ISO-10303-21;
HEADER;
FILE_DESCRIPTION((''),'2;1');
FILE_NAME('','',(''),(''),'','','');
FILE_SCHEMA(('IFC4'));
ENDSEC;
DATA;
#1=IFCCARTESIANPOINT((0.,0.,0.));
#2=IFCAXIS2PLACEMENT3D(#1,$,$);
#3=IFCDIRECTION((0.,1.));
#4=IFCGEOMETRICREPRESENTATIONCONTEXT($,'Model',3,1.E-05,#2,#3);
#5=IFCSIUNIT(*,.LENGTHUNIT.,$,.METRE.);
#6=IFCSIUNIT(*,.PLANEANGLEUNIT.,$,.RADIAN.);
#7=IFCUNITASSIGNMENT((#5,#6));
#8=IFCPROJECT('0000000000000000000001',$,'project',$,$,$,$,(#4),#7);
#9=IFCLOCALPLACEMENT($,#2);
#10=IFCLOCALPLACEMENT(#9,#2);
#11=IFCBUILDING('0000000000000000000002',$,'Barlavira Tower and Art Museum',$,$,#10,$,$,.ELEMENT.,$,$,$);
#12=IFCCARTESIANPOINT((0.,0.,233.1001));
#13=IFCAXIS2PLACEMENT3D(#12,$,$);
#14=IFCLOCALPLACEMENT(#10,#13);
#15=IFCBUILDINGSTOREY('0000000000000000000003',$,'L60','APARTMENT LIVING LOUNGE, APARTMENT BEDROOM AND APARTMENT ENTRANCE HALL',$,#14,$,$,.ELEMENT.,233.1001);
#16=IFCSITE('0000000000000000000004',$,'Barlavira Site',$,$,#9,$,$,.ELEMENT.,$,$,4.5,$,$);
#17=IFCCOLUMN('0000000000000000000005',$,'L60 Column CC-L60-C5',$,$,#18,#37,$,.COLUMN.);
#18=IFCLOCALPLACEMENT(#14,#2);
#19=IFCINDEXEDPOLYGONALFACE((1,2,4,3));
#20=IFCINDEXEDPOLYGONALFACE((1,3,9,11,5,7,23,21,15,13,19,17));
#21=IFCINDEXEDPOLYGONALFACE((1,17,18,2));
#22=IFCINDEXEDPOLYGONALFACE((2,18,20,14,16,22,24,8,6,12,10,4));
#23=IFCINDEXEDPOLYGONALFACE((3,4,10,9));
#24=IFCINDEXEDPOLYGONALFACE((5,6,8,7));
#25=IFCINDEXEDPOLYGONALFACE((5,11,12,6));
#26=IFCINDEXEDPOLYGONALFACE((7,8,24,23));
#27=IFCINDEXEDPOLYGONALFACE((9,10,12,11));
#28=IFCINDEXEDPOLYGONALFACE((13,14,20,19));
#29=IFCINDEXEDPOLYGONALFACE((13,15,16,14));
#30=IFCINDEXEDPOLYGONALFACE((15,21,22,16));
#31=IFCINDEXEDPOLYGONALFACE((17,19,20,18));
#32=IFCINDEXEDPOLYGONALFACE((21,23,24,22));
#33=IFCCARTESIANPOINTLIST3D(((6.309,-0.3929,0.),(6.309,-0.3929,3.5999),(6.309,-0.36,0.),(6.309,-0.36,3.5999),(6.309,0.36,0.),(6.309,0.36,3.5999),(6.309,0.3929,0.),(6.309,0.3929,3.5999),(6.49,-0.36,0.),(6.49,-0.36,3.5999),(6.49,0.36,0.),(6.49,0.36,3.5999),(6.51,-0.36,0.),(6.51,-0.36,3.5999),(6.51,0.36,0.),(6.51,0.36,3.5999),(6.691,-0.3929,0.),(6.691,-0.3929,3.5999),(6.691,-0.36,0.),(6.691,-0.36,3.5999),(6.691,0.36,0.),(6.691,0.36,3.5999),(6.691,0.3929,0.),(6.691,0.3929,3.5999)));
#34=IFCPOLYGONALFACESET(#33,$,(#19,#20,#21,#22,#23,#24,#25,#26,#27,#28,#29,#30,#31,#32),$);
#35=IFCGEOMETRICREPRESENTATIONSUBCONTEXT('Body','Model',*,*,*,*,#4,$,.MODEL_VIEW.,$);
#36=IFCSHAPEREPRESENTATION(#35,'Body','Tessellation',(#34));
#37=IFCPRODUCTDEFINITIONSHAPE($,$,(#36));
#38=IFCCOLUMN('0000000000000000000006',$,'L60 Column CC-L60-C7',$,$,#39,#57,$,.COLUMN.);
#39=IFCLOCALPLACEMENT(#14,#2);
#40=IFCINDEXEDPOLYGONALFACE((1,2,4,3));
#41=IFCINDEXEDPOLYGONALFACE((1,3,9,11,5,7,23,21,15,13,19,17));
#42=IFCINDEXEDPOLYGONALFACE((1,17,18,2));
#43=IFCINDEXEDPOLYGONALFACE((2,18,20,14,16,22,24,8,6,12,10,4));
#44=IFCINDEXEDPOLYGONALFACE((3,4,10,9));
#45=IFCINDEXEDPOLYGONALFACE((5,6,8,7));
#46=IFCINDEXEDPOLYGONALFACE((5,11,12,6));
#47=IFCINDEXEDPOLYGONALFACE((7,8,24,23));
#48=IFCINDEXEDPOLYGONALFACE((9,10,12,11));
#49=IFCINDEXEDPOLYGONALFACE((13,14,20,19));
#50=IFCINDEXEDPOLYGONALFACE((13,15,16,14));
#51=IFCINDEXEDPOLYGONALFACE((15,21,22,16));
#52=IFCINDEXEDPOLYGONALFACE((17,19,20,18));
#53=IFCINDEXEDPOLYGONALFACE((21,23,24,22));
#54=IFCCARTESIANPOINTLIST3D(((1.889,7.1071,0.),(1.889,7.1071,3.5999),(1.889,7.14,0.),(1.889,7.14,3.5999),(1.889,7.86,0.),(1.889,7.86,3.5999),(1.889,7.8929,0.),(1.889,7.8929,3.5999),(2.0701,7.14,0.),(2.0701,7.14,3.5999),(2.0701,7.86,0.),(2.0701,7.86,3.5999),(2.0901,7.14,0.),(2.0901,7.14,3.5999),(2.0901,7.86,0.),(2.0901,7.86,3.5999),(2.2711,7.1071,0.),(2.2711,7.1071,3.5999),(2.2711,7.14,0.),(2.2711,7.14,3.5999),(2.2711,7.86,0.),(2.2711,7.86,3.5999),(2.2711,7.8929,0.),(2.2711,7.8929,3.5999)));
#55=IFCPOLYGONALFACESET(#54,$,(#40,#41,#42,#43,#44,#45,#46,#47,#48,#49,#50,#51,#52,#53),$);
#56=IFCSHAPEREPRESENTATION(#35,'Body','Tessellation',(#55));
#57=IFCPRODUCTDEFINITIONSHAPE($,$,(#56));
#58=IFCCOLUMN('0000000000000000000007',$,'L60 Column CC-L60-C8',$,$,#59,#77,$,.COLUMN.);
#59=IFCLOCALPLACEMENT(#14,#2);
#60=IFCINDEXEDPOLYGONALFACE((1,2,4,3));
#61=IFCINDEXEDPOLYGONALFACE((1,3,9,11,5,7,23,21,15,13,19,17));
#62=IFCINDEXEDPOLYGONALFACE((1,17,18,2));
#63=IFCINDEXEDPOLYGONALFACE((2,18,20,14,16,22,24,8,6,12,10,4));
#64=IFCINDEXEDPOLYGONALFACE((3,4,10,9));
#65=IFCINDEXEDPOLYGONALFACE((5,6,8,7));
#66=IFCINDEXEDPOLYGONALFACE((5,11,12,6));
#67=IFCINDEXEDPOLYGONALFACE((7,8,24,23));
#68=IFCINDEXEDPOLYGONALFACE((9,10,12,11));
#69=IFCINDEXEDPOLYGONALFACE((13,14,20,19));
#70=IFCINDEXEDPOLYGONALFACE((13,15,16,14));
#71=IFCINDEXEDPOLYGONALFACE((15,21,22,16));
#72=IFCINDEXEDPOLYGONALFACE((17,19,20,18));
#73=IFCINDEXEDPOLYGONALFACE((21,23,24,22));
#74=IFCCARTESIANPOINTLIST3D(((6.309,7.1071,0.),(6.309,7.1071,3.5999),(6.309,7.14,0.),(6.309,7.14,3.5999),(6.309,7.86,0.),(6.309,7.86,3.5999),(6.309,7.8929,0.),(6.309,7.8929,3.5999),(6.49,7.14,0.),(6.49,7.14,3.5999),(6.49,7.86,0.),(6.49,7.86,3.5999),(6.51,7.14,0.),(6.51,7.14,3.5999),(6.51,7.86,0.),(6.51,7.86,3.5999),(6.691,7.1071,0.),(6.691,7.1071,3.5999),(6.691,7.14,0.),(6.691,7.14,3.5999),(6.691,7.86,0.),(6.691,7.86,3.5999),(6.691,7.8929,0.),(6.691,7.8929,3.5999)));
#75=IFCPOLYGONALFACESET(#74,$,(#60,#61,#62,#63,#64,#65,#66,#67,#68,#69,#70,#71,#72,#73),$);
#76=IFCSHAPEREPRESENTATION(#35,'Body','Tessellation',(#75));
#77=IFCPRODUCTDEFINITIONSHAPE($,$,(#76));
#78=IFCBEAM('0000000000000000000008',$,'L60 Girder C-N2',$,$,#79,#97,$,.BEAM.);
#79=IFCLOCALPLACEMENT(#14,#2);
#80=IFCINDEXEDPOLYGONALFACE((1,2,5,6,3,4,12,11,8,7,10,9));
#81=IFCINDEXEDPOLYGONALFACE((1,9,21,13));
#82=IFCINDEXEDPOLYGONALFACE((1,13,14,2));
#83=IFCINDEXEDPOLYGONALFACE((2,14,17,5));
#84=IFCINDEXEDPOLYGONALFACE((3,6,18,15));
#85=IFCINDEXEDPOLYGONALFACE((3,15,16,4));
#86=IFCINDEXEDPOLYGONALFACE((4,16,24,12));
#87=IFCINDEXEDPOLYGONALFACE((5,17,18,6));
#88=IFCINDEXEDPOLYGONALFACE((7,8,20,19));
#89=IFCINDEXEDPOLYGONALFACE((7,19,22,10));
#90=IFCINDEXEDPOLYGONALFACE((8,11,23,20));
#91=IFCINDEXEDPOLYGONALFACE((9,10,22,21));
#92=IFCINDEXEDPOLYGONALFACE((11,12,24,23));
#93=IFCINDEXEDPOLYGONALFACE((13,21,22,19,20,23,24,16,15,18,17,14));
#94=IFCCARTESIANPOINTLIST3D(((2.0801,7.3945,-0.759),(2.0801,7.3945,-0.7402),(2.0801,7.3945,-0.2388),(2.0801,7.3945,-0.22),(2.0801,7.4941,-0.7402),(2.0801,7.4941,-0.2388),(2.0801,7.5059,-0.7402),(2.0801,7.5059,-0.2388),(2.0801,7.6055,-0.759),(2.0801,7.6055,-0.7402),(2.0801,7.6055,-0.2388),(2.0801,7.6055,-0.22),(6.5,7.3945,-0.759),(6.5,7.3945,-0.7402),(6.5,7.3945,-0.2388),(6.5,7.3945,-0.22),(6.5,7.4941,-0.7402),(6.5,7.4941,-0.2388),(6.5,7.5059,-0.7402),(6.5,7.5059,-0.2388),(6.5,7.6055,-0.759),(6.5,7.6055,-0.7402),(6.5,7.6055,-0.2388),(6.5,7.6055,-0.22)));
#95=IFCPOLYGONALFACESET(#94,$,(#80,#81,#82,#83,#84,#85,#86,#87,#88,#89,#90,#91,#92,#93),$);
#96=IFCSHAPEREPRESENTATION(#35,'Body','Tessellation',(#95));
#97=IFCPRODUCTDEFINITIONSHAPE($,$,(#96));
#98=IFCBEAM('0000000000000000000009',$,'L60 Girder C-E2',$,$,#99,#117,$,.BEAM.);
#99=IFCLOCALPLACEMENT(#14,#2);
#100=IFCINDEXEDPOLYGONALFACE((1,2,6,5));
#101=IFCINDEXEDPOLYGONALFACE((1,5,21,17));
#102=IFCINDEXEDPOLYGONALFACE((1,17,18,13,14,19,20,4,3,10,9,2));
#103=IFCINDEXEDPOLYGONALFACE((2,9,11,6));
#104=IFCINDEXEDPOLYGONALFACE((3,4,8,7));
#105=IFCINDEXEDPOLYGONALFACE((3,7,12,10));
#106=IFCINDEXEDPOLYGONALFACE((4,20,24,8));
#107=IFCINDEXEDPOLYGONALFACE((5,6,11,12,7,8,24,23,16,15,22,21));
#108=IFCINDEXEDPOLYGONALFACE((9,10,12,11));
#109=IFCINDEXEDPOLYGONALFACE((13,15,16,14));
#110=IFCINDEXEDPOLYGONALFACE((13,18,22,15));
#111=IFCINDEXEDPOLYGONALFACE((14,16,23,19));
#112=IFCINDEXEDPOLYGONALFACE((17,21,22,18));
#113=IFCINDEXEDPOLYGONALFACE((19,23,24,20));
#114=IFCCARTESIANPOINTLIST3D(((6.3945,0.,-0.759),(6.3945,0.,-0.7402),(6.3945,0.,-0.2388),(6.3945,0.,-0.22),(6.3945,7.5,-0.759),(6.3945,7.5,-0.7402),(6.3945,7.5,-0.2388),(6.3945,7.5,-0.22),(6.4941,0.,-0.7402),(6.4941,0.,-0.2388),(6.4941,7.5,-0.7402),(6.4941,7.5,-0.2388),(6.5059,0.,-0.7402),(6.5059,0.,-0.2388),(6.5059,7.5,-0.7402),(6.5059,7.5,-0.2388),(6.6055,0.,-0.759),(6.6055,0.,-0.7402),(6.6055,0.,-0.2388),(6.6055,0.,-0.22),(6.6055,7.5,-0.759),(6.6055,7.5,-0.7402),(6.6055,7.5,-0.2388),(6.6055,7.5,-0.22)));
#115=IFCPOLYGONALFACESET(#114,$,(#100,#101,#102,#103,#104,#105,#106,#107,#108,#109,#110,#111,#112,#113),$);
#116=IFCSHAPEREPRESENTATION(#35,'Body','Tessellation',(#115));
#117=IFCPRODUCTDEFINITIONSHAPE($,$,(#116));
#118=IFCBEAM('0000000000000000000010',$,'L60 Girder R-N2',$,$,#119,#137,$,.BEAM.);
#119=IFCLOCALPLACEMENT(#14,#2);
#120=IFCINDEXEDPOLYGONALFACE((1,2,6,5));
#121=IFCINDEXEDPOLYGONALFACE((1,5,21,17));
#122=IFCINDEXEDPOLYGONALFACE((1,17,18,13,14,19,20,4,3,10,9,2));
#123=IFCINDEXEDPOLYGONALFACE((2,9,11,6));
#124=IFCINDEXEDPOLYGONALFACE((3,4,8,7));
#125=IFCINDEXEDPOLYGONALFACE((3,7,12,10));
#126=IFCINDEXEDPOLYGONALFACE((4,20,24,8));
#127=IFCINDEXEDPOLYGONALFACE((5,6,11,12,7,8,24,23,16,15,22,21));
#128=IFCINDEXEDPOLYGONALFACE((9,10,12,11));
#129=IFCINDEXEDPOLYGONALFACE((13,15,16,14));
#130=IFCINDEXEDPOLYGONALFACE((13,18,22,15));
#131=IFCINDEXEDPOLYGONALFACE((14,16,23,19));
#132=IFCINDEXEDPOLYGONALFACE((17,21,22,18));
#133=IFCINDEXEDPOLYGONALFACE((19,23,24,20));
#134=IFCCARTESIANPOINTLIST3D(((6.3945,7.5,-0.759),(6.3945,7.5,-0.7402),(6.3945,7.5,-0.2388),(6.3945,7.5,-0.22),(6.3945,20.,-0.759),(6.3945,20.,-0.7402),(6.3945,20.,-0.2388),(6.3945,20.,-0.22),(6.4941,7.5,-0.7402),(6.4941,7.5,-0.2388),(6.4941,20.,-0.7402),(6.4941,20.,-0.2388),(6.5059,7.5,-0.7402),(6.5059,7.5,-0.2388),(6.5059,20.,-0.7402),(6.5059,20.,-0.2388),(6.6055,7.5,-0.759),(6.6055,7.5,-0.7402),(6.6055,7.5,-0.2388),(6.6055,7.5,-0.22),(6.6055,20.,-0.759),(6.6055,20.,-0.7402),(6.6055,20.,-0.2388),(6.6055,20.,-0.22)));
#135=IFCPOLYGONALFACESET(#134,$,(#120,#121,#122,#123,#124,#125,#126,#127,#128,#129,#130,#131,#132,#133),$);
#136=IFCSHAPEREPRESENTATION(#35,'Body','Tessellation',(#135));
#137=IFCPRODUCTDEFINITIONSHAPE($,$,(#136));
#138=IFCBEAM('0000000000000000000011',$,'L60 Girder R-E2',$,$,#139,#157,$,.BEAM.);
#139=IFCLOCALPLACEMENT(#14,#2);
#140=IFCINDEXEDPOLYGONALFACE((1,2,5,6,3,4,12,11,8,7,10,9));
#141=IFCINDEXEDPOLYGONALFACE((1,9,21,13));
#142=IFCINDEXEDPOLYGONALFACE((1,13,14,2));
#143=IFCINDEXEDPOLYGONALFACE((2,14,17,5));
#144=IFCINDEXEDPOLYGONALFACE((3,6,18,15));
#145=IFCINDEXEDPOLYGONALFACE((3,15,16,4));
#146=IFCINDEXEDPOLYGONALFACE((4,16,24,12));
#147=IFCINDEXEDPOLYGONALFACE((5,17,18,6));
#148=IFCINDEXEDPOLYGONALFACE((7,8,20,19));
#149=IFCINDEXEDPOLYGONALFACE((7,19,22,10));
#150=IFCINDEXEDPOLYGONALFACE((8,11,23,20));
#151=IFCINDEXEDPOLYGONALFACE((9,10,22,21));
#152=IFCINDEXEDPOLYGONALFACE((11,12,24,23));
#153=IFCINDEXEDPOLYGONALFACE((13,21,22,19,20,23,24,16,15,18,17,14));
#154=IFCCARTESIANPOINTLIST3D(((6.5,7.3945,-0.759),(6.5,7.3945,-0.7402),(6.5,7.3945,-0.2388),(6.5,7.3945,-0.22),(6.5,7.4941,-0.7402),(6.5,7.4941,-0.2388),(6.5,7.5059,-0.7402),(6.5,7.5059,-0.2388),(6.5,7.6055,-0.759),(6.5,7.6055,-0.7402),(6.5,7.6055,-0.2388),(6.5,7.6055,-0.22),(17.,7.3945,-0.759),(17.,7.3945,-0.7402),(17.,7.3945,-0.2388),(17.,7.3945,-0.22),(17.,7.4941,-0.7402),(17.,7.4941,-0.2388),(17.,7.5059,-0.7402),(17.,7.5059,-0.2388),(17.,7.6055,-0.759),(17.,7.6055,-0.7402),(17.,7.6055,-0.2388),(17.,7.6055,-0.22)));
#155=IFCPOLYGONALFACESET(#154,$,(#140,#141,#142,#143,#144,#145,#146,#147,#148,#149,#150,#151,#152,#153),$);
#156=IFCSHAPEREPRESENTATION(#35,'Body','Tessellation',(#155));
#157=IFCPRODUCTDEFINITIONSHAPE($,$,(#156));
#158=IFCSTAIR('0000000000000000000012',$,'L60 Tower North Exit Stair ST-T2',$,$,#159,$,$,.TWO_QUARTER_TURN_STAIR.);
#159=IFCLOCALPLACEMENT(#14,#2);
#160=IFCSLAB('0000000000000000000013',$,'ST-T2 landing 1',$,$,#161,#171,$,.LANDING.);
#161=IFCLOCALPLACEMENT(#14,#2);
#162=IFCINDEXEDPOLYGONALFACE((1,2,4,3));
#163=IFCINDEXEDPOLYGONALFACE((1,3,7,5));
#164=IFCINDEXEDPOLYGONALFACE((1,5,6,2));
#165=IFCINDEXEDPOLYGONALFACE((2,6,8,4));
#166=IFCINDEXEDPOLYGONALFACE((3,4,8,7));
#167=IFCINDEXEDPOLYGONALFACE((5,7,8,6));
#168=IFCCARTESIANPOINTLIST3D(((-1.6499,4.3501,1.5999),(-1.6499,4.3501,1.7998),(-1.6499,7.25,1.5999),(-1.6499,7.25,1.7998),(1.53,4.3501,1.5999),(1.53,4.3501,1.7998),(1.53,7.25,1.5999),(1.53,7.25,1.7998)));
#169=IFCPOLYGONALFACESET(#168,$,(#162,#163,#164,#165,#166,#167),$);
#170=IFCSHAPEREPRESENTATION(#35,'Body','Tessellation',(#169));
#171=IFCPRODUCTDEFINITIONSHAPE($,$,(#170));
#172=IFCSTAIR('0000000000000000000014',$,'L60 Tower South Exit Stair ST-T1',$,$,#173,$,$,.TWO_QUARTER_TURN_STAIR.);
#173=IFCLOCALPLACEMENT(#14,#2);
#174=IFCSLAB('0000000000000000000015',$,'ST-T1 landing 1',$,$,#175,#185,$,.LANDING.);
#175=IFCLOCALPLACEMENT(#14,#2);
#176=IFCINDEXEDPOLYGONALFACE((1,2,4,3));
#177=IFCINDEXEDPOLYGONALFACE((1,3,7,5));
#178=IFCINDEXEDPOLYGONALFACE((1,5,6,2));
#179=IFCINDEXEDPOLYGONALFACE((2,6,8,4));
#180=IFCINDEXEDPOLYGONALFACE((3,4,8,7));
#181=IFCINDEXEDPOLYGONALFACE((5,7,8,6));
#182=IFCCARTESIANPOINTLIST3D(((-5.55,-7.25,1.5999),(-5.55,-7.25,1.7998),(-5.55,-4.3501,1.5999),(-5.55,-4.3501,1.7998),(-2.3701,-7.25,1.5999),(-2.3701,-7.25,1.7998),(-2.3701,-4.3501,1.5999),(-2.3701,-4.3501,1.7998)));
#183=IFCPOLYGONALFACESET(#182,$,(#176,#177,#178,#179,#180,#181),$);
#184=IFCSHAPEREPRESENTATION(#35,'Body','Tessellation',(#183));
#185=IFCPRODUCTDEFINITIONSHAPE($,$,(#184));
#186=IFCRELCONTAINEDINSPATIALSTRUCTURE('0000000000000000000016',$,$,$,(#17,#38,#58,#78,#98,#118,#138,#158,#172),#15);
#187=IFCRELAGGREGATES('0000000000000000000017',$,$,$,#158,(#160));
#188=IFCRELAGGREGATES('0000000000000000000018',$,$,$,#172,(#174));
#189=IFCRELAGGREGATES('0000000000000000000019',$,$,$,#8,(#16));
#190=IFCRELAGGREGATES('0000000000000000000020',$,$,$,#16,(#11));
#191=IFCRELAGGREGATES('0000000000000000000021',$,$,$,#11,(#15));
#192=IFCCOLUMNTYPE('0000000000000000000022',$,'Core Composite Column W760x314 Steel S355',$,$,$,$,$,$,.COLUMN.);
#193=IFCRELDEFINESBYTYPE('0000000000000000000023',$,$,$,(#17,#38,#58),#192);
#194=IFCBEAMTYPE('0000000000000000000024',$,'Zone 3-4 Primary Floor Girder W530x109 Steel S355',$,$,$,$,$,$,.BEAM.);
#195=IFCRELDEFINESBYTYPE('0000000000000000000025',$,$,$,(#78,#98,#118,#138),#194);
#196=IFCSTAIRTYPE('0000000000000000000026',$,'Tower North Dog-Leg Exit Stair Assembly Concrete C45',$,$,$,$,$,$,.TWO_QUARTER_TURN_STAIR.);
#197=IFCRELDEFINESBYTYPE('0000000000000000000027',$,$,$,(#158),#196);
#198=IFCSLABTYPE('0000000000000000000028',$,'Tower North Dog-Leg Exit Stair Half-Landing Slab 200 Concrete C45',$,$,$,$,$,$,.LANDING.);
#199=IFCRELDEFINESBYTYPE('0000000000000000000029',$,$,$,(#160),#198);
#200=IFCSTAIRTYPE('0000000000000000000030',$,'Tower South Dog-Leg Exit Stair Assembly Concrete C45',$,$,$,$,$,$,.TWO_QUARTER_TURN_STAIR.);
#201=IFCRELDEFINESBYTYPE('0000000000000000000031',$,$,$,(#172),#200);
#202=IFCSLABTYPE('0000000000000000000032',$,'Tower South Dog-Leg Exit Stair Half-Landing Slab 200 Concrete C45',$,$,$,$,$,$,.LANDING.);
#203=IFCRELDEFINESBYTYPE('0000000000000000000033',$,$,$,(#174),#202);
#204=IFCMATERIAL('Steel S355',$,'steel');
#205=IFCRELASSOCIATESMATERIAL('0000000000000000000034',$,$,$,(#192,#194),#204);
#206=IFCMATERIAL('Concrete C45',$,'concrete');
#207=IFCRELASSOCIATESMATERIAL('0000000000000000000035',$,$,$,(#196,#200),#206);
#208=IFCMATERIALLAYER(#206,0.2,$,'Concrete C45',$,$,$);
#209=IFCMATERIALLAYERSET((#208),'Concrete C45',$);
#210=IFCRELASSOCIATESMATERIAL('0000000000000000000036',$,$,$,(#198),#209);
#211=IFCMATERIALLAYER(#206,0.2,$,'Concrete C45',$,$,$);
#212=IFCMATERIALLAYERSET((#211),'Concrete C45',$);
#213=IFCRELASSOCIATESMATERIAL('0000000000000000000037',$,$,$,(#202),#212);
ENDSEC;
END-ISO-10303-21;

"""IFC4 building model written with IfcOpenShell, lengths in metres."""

from ifc_helpers import new_model, si_unit, direction, frame, origin, origin_2d, place, context, subcontext, project, spatial, polyline, i_section, outline, extrude, material, layer, layer_set, material_profile, profile_set, type_object, element, aggregate, save


model = new_model("IFC4")

# Units and contexts
model_context = context("Model", 3, precision=1e-05, world=origin(), true_north=direction((0.0, 1.0)))
body_context = subcontext(model_context, "Body", "Model", "MODEL_VIEW")
ifc_project = project(units=[si_unit("LENGTHUNIT", "METRE"), si_unit("PLANEANGLEUNIT", "RADIAN")], contexts=[model_context])

# Site, building, storey
site_placement = place(None, origin())
site = spatial("IfcSite", under=ifc_project, at=site_placement, Name="Barlavira Site", CompositionType="ELEMENT", RefElevation=4.5)
building_placement = place(site_placement, origin())
building = spatial("IfcBuilding", under=site, at=building_placement, Name="Barlavira Tower and Art Museum", CompositionType="ELEMENT")
storey_placement = place(building_placement, frame((0.0, 0.0, 233.1001)))
storey = spatial("IfcBuildingStorey", under=building, at=storey_placement, Name="L60", Description="APARTMENT LIVING LOUNGE, APARTMENT BEDROOM AND APARTMENT ENTRANCE HALL", CompositionType="ELEMENT", Elevation=233.1001)

# Columns
ifc_material_1 = material(Name="Steel S355", Category="steel")
ifc_material_profile_1 = material_profile(ifc_material_1, i_section(OverallWidth=0.3821, OverallDepth=0.7859, WebThickness=0.02, FlangeThickness=0.033, at=origin_2d()), Name="W760x314.0")
ifc_profile_set_1 = profile_set([ifc_material_profile_1], Name="Steel S355")
column_type = type_object("IfcColumnType", Name="Core Composite Column W760x314 Steel S355", PredefinedType="COLUMN", material=ifc_profile_set_1)
for number, where, z_axis, x_axis, name in (
    (1, (6.5, 0.0, 0.0), (0.0, 0.0, 1.0), (1.0, 0.0, 0.0), "L60 Column CC-L60-C5"),
    (2, (2.0801, 7.5, 0.0), (0.0, 0.0, 1.0), (1.0, 0.0, 0.0), "L60 Column CC-L60-C7"),
    (3, (6.5, 7.5, 0.0), (0.0, 0.0, 1.0), (1.0, 0.0, 0.0), "L60 Column CC-L60-C8"),
):
    element("IfcColumn", number, at=place(storey_placement, frame(where, z_axis=z_axis, x_axis=x_axis)), inside=storey, type_object=column_type, Name=name, PredefinedType="COLUMN", context=body_context, shape_type="SweptSolid", body=[
        extrude(i_section(OverallWidth=0.3821, OverallDepth=0.7859, WebThickness=0.02, FlangeThickness=0.033, at=origin_2d()), origin(), (0.0, 0.0, 1.0), 3.5999),
    ])

# Beams
ifc_material_profile_2 = material_profile(ifc_material_1, i_section(OverallWidth=0.2109, OverallDepth=0.5391, WebThickness=0.0117, FlangeThickness=0.0188, at=origin_2d()), Name="W530x109.0")
ifc_profile_set_2 = profile_set([ifc_material_profile_2], Name="Steel S355")
beam_type = type_object("IfcBeamType", Name="Zone 3-4 Primary Floor Girder W530x109 Steel S355", PredefinedType="BEAM", material=ifc_profile_set_2)
beam_1_placement = place(storey_placement, frame((2.0801, 7.5, -0.4895), z_axis=(1.0, 0.0, 0.0), x_axis=(0.0, 1.0, 0.0)))
element("IfcBeam", 4, at=beam_1_placement, inside=storey, type_object=beam_type, Name="L60 Girder C-N2", PredefinedType="BEAM", context=body_context, shape_type="SweptSolid", body=[
    extrude(i_section(OverallWidth=0.2109, OverallDepth=0.5391, WebThickness=0.0117, FlangeThickness=0.0188, at=origin_2d()), origin(), (0.0, 0.0, 1.0), 4.4199),
])
beam_2_placement = place(storey_placement, frame((6.5, 0.0, -0.4895), z_axis=(0.0, 1.0, 0.0), x_axis=(-1.0, 0.0, 0.0)))
element("IfcBeam", 5, at=beam_2_placement, inside=storey, type_object=beam_type, Name="L60 Girder C-E2", PredefinedType="BEAM", context=body_context, shape_type="SweptSolid", body=[
    extrude(i_section(OverallWidth=0.2109, OverallDepth=0.5391, WebThickness=0.0117, FlangeThickness=0.0188, at=origin_2d()), origin(), (0.0, 0.0, 1.0), 7.5),
])
beam_3_placement = place(storey_placement, frame((6.5, 7.5, -0.4895), z_axis=(0.0, 1.0, 0.0), x_axis=(-1.0, 0.0, 0.0)))
element("IfcBeam", 6, at=beam_3_placement, inside=storey, type_object=beam_type, Name="L60 Girder R-N2", PredefinedType="BEAM", context=body_context, shape_type="SweptSolid", body=[
    extrude(i_section(OverallWidth=0.2109, OverallDepth=0.5391, WebThickness=0.0117, FlangeThickness=0.0188, at=origin_2d()), origin(), (0.0, 0.0, 1.0), 12.5),
])
beam_4_placement = place(storey_placement, frame((6.5, 7.5, -0.4895), z_axis=(1.0, 0.0, 0.0), x_axis=(0.0, 1.0, 0.0)))
element("IfcBeam", 7, at=beam_4_placement, inside=storey, type_object=beam_type, Name="L60 Girder R-E2", PredefinedType="BEAM", context=body_context, shape_type="SweptSolid", body=[
    extrude(i_section(OverallWidth=0.2109, OverallDepth=0.5391, WebThickness=0.0117, FlangeThickness=0.0188, at=origin_2d()), origin(), (0.0, 0.0, 1.0), 10.5),
])

# Stairs, slabs
ifc_material_2 = material(Name="Concrete C45", Category="concrete")
stair_type_1 = type_object("IfcStairType", Name="Tower North Dog-Leg Exit Stair Assembly Concrete C45", PredefinedType="TWO_QUARTER_TURN_STAIR", material=ifc_material_2)
stair_1_placement = place(storey_placement, origin())
stair_1 = element("IfcStair", 8, at=stair_1_placement, inside=storey, type_object=stair_type_1, Name="L60 Tower North Exit Stair ST-T2", PredefinedType="TWO_QUARTER_TURN_STAIR")
ifc_layer_1 = layer(ifc_material_2, 0.2, Name="Concrete C45")
ifc_layer_set_1 = layer_set([ifc_layer_1], Name="Concrete C45")
slab_type_1 = type_object("IfcSlabType", Name="Tower North Dog-Leg Exit Stair Half-Landing Slab 200 Concrete C45", PredefinedType="LANDING", material=ifc_layer_set_1)
slab_1_placement = place(storey_placement, frame((0.0, 0.0, 1.5999)))
slab_1 = element("IfcSlab", 9, at=slab_1_placement, type_object=slab_type_1, Name="ST-T2 landing 1", PredefinedType="LANDING", context=body_context, shape_type="SweptSolid", body=[
    extrude(outline(polyline([(-1.6499, 4.3501), (1.53, 4.3501), (1.53, 7.25), (-1.6499, 7.25), (-1.6499, 4.3501)])), origin(), (0.0, 0.0, 1.0), 0.2),
])
aggregate(stair_1, [slab_1])
stair_type_2 = type_object("IfcStairType", Name="Tower South Dog-Leg Exit Stair Assembly Concrete C45", PredefinedType="TWO_QUARTER_TURN_STAIR", material=ifc_material_2)
stair_2_placement = place(storey_placement, origin())
stair_2 = element("IfcStair", 10, at=stair_2_placement, inside=storey, type_object=stair_type_2, Name="L60 Tower South Exit Stair ST-T1", PredefinedType="TWO_QUARTER_TURN_STAIR")
ifc_layer_2 = layer(ifc_material_2, 0.2, Name="Concrete C45")
ifc_layer_set_2 = layer_set([ifc_layer_2], Name="Concrete C45")
slab_type_2 = type_object("IfcSlabType", Name="Tower South Dog-Leg Exit Stair Half-Landing Slab 200 Concrete C45", PredefinedType="LANDING", material=ifc_layer_set_2)
slab_2_placement = place(storey_placement, frame((0.0, 0.0, 1.5999)))
slab_2 = element("IfcSlab", 11, at=slab_2_placement, type_object=slab_type_2, Name="ST-T1 landing 1", PredefinedType="LANDING", context=body_context, shape_type="SweptSolid", body=[
    extrude(outline(polyline([(-2.3701, -4.3501), (-5.55, -4.3501), (-5.55, -7.25), (-2.3701, -7.25), (-2.3701, -4.3501)])), origin(), (0.0, 0.0, 1.0), 0.2),
])
aggregate(stair_2, [slab_2])

save(model, "model.ifc")
